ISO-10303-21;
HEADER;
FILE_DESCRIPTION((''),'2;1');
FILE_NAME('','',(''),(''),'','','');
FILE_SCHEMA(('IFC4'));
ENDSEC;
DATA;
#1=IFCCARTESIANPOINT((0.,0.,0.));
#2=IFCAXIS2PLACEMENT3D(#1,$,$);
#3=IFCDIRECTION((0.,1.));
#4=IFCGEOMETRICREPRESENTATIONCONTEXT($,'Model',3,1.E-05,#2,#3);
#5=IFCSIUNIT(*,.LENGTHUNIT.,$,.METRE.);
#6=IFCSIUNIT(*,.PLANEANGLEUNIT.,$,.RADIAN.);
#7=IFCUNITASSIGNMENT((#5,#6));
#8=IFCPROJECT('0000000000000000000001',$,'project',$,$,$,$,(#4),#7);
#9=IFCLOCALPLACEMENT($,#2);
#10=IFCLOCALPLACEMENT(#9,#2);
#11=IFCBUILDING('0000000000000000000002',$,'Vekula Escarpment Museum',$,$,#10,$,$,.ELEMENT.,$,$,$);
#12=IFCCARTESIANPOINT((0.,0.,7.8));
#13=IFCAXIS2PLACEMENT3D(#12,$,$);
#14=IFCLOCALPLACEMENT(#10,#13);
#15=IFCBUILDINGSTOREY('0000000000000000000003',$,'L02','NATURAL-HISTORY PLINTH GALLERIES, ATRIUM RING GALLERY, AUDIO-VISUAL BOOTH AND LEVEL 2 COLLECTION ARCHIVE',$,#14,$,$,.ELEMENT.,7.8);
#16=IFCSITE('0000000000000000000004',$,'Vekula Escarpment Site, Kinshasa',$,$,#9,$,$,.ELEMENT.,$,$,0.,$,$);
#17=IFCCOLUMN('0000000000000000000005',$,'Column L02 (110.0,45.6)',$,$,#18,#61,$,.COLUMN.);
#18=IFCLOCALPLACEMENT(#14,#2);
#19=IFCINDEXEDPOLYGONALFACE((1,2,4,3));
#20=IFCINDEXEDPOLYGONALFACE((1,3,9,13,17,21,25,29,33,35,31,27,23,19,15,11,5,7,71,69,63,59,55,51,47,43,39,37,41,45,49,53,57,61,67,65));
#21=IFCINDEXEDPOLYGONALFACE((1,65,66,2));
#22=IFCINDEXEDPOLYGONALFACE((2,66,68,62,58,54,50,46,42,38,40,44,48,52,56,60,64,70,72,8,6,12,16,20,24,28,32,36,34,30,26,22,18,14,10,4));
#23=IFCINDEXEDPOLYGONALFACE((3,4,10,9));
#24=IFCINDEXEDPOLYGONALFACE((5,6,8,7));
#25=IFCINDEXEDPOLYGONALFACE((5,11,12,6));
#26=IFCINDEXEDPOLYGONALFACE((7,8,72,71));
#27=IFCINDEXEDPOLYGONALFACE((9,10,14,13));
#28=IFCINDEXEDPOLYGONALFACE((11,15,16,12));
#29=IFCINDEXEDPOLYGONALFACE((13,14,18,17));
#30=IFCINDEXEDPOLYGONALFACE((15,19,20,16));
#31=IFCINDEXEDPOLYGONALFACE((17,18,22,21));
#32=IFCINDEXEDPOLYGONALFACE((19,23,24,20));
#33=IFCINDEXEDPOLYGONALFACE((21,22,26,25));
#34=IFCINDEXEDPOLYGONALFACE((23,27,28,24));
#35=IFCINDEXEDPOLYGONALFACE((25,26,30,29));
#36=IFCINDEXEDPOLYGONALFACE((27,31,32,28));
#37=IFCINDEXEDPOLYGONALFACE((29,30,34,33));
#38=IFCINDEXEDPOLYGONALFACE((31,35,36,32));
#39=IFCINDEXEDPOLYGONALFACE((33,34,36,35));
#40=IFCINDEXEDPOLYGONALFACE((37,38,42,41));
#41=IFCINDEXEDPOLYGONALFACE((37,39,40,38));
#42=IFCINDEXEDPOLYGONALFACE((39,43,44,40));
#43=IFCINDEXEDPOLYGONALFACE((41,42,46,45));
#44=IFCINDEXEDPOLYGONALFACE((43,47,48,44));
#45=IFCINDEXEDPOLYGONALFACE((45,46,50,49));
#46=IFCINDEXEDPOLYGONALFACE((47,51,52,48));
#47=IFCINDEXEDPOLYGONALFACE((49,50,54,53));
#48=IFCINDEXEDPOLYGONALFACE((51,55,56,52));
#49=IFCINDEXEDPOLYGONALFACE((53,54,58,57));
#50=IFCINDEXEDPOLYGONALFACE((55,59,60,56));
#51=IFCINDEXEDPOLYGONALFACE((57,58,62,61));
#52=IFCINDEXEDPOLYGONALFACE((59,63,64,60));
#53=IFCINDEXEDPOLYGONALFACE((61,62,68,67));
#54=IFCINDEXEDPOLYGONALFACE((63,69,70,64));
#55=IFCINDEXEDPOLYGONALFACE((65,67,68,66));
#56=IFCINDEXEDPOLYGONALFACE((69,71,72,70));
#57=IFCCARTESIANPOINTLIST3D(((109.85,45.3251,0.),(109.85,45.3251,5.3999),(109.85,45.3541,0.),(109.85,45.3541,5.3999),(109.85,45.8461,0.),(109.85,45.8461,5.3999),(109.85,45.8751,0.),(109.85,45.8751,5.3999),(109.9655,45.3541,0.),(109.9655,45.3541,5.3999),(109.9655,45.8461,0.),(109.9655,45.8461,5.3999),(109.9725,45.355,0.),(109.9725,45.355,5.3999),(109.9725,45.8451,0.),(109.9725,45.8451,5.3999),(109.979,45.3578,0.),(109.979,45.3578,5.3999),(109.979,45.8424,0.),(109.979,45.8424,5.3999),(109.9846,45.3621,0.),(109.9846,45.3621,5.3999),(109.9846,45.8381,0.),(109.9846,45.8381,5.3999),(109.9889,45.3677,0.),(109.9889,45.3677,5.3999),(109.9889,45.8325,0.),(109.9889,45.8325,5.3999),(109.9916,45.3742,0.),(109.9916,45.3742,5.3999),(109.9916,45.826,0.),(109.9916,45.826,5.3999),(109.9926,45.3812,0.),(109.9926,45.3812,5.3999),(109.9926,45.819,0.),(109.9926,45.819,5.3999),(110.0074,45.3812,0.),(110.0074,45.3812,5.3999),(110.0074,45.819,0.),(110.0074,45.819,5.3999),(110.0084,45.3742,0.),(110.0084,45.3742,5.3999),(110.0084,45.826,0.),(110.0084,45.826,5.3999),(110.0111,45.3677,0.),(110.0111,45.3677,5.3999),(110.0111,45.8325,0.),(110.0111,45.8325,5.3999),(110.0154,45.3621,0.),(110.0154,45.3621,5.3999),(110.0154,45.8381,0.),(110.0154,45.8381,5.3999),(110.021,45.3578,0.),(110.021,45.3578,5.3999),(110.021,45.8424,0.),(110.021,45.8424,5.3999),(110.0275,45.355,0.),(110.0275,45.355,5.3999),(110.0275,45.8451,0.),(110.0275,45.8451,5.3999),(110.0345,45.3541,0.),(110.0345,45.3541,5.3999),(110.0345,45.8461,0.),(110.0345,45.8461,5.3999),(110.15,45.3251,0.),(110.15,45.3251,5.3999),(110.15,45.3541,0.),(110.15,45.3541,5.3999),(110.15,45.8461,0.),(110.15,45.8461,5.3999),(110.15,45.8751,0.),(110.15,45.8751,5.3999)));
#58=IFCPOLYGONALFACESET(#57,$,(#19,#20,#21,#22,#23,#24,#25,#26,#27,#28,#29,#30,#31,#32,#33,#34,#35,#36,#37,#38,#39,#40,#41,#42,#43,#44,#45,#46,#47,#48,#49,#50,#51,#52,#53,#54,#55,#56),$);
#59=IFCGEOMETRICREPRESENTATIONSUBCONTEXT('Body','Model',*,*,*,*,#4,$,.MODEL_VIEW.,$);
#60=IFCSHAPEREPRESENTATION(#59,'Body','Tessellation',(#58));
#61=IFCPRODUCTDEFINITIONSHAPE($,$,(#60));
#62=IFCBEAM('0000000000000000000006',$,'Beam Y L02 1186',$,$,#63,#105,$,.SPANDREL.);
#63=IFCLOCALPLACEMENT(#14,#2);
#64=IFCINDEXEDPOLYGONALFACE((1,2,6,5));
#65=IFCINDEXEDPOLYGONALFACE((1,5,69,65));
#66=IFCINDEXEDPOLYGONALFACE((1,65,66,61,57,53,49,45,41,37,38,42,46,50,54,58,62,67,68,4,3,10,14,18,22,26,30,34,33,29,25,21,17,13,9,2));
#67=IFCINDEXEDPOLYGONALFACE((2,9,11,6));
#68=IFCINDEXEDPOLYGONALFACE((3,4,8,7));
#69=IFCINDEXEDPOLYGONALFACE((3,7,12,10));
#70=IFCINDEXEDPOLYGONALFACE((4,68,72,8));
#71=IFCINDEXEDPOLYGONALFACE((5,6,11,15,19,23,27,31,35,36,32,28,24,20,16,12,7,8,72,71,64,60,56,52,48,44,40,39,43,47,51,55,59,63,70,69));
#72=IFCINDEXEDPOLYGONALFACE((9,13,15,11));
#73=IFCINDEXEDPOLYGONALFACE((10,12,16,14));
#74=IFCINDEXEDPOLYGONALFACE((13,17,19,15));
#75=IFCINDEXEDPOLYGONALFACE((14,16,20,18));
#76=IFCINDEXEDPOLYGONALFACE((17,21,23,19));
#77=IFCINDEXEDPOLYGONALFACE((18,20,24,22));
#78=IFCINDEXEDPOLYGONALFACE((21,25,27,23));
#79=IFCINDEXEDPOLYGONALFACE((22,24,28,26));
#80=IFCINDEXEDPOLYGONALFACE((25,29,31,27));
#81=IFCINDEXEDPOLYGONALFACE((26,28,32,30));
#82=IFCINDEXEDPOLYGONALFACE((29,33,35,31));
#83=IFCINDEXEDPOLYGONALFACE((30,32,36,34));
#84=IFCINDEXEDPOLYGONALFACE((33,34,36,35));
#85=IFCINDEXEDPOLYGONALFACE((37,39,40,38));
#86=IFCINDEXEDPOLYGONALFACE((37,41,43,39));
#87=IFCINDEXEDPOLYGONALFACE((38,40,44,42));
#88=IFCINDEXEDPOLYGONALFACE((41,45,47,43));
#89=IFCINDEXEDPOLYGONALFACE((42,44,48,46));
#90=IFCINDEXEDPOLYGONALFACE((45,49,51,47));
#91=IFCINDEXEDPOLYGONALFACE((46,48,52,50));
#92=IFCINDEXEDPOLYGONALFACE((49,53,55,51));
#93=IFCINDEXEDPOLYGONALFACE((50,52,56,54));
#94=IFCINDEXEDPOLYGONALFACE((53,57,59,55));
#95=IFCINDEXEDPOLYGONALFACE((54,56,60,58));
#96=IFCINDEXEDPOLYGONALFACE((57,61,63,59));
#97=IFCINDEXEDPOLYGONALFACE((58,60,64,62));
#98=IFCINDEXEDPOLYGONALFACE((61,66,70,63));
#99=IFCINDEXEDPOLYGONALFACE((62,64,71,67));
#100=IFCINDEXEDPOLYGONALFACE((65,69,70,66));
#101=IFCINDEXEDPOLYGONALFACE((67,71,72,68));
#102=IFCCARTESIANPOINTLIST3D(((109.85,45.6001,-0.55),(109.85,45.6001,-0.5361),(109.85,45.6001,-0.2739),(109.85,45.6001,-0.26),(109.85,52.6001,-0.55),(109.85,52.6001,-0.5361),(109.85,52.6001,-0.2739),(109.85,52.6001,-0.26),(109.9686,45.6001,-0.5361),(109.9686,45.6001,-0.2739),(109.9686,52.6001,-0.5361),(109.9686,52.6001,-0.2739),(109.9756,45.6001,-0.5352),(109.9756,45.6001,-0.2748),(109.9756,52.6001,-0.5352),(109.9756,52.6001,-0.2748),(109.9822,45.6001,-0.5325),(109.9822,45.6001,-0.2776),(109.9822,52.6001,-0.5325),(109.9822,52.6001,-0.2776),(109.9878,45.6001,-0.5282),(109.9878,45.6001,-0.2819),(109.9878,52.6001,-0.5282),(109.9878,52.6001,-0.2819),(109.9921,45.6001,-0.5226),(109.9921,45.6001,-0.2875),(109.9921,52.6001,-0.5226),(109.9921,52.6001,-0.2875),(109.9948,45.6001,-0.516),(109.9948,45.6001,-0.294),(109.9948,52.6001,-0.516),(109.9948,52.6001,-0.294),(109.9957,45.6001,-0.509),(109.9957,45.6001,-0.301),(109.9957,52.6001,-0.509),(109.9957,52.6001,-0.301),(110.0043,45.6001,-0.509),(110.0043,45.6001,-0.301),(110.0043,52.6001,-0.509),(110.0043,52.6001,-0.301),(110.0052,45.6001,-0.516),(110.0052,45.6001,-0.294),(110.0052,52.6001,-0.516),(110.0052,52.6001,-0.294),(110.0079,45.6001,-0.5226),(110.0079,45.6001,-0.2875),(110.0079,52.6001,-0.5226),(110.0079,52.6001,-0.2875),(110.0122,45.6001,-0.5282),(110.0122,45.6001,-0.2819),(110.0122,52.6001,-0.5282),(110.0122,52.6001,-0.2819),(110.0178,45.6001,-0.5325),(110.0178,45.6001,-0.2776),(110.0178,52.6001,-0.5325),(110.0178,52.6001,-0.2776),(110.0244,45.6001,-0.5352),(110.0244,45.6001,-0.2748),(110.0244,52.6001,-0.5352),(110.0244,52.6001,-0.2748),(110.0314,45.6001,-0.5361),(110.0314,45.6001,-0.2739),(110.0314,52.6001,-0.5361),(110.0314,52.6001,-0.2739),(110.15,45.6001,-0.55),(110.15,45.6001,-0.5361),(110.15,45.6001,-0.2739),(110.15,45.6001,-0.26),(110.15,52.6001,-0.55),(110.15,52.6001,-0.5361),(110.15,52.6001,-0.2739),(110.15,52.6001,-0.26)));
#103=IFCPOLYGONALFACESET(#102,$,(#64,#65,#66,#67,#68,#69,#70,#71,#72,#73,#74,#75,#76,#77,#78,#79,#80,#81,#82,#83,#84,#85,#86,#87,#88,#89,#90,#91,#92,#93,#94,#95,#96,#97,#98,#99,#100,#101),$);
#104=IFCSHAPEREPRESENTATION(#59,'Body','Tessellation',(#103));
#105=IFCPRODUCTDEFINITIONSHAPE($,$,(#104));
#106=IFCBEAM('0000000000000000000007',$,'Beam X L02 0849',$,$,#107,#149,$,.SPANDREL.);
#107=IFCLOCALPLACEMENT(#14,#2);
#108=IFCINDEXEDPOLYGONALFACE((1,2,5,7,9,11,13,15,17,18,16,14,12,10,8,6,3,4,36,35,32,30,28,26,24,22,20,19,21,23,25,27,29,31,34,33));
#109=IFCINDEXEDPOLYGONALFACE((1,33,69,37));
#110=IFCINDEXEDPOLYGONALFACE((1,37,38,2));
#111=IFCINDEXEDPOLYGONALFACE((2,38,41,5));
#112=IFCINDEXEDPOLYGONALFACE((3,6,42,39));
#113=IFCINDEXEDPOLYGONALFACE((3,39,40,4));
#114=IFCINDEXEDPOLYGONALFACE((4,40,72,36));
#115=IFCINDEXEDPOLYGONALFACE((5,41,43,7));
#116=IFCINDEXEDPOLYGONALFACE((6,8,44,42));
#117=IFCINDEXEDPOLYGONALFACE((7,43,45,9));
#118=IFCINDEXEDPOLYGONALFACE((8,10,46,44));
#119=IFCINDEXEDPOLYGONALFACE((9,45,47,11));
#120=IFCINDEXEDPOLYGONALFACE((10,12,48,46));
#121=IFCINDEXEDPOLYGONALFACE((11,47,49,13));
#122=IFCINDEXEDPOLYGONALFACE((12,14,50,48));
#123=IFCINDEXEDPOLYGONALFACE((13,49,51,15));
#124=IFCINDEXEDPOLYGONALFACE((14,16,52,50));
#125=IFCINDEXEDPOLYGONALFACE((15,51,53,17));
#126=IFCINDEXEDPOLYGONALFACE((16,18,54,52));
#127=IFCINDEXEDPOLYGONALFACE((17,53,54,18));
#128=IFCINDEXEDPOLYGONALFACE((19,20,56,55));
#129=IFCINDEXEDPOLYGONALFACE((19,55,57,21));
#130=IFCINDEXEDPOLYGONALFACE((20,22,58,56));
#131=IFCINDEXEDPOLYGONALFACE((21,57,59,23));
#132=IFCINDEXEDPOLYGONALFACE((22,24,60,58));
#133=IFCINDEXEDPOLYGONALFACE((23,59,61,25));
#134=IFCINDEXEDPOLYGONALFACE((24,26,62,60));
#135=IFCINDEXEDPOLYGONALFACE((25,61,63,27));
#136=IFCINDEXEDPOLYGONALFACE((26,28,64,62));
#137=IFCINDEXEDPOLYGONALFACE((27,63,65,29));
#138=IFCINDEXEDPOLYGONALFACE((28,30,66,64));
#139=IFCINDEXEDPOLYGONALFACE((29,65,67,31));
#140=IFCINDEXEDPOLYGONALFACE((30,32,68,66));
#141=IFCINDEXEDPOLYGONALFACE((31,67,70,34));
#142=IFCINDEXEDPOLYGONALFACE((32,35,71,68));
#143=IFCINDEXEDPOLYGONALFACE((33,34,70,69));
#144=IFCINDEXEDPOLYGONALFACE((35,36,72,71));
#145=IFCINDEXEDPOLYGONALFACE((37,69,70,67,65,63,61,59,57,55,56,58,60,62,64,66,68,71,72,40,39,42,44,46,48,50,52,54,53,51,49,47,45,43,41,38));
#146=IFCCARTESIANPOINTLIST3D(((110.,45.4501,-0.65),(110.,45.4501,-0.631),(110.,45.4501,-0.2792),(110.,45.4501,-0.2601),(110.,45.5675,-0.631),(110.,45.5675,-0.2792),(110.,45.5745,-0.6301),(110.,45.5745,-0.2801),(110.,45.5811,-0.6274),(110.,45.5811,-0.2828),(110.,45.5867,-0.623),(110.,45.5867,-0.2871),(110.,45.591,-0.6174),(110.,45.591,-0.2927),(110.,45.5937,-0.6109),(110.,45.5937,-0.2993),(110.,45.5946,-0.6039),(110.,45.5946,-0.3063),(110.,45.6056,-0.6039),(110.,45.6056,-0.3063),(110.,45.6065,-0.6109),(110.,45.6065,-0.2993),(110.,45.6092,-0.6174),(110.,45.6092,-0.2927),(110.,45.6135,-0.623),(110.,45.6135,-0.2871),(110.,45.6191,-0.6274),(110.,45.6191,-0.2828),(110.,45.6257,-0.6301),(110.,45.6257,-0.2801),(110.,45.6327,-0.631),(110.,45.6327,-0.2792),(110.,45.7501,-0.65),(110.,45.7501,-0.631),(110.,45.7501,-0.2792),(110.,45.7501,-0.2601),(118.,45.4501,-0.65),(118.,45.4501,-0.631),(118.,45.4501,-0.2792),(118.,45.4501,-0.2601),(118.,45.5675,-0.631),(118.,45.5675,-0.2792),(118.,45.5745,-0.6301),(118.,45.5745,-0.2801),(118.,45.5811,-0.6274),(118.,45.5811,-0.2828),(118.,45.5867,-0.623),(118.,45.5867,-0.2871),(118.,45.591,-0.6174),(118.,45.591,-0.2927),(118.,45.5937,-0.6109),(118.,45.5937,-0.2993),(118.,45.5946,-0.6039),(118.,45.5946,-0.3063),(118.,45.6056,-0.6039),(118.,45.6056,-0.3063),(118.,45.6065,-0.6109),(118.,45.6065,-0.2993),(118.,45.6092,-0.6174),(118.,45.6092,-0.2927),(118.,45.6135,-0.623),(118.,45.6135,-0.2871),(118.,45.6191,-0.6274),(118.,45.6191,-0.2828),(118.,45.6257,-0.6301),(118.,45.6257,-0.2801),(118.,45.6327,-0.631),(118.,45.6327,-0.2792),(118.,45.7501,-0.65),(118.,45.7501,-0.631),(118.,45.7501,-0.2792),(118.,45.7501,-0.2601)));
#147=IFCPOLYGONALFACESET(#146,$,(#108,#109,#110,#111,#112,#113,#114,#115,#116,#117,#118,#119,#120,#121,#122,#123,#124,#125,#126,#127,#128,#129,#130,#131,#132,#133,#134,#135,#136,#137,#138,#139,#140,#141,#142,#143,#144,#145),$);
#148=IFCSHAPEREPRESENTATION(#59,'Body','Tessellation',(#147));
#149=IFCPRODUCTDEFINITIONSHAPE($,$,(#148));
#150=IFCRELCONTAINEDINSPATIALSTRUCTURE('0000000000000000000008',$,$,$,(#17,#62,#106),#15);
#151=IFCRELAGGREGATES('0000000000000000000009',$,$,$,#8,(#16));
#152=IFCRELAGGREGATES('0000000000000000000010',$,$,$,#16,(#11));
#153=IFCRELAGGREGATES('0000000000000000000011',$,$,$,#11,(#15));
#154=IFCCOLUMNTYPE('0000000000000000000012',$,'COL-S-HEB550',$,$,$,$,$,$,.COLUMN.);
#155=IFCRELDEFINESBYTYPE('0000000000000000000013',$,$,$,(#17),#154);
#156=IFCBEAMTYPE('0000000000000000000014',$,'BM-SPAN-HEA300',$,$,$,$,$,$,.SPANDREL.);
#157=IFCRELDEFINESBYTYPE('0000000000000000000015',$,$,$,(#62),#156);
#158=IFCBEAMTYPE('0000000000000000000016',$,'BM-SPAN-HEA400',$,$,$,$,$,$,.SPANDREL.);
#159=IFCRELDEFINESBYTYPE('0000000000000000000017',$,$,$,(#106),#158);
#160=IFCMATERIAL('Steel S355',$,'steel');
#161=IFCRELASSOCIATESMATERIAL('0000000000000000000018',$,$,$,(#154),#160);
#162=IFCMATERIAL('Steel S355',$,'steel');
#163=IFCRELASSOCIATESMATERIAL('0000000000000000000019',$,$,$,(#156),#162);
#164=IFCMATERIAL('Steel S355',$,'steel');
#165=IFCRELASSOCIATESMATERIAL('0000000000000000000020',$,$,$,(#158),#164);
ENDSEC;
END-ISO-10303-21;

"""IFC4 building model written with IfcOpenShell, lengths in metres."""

from ifc_helpers import new_model, si_unit, direction, frame, origin, origin_2d, place, context, subcontext, project, spatial, i_section, extrude, material, material_profile, profile_set, type_object, element, save


model = new_model("IFC4")

# Units and contexts
model_context = context("Model", 3, precision=1e-05, world=origin(), true_north=direction((0.0, 1.0)))
body_context = subcontext(model_context, "Body", "Model", "MODEL_VIEW")
ifc_project = project(units=[si_unit("LENGTHUNIT", "METRE"), si_unit("PLANEANGLEUNIT", "RADIAN")], contexts=[model_context])

# Site, building, storey
site_placement = place(None, origin())
site = spatial("IfcSite", under=ifc_project, at=site_placement, Name="Vekula Escarpment Site, Kinshasa", CompositionType="ELEMENT", RefElevation=0.0)
building_placement = place(site_placement, origin())
building = spatial("IfcBuilding", under=site, at=building_placement, Name="Vekula Escarpment Museum", CompositionType="ELEMENT")
storey_placement = place(building_placement, frame((0.0, 0.0, 7.8)))
storey = spatial("IfcBuildingStorey", under=building, at=storey_placement, Name="L02", Description="NATURAL-HISTORY PLINTH GALLERIES, ATRIUM RING GALLERY, AUDIO-VISUAL BOOTH AND LEVEL 2 COLLECTION ARCHIVE", CompositionType="ELEMENT", Elevation=7.8)

# Column
ifc_material_1 = material(Name="Steel S355", Category="steel")
ifc_material_profile_1 = material_profile(ifc_material_1, i_section(OverallWidth=0.3, OverallDepth=0.55, WebThickness=0.0149, FlangeThickness=0.0291, FilletRadius=0.0271, at=origin_2d()), Name="HEB 550")
ifc_profile_set_1 = profile_set([ifc_material_profile_1], Name="Steel S355")
column_type = type_object("IfcColumnType", Name="COL-S-HEB550", PredefinedType="COLUMN", material=ifc_profile_set_1)
column_placement = place(storey_placement, frame((110.0, 45.6001, 0.0), z_axis=(0.0, 0.0, 1.0), x_axis=(1.0, 0.0, 0.0)))
element("IfcColumn", 1, at=column_placement, inside=storey, type_object=column_type, Name="Column L02 (110.0,45.6)", PredefinedType="COLUMN", context=body_context, shape_type="SweptSolid", body=[
    extrude(i_section(OverallWidth=0.3, OverallDepth=0.55, WebThickness=0.0149, FlangeThickness=0.0291, FilletRadius=0.0271, at=origin_2d()), origin(), (0.0, 0.0, 1.0), 5.3999),
])

# Beams
ifc_material_2 = material(Name="Steel S355", Category="steel")
ifc_material_profile_2 = material_profile(ifc_material_2, i_section(OverallWidth=0.3, OverallDepth=0.29, WebThickness=0.0085, FlangeThickness=0.0139, FilletRadius=0.0271, at=origin_2d()), Name="HEA 300")
ifc_profile_set_2 = profile_set([ifc_material_profile_2], Name="Steel S355")
beam_type_1 = type_object("IfcBeamType", Name="BM-SPAN-HEA300", PredefinedType="SPANDREL", material=ifc_profile_set_2)
beam_1_placement = place(storey_placement, frame((110.0, 45.6001, -0.405), z_axis=(0.0, 1.0, 0.0), x_axis=(-1.0, 0.0, 0.0)))
element("IfcBeam", 2, at=beam_1_placement, inside=storey, type_object=beam_type_1, Name="Beam Y L02 1186", PredefinedType="SPANDREL", context=body_context, shape_type="SweptSolid", body=[
    extrude(i_section(OverallWidth=0.3, OverallDepth=0.29, WebThickness=0.0085, FlangeThickness=0.0139, FilletRadius=0.0271, at=origin_2d()), origin(), (0.0, 0.0, 1.0), 7.0),
])
ifc_material_3 = material(Name="Steel S355", Category="steel")
ifc_material_profile_3 = material_profile(ifc_material_3, i_section(OverallWidth=0.3, OverallDepth=0.3899, WebThickness=0.011, FlangeThickness=0.019, FilletRadius=0.0271, at=origin_2d()), Name="HEA 400")
ifc_profile_set_3 = profile_set([ifc_material_profile_3], Name="Steel S355")
beam_type_2 = type_object("IfcBeamType", Name="BM-SPAN-HEA400", PredefinedType="SPANDREL", material=ifc_profile_set_3)
beam_2_placement = place(storey_placement, frame((110.0, 45.6001, -0.4551), z_axis=(1.0, 0.0, 0.0), x_axis=(0.0, 1.0, 0.0)))
element("IfcBeam", 3, at=beam_2_placement, inside=storey, type_object=beam_type_2, Name="Beam X L02 0849", PredefinedType="SPANDREL", context=body_context, shape_type="SweptSolid", body=[
    extrude(i_section(OverallWidth=0.3, OverallDepth=0.3899, WebThickness=0.011, FlangeThickness=0.019, FilletRadius=0.0271, at=origin_2d()), origin(), (0.0, 0.0, 1.0), 8.0),
])

save(model, "model.ifc")
